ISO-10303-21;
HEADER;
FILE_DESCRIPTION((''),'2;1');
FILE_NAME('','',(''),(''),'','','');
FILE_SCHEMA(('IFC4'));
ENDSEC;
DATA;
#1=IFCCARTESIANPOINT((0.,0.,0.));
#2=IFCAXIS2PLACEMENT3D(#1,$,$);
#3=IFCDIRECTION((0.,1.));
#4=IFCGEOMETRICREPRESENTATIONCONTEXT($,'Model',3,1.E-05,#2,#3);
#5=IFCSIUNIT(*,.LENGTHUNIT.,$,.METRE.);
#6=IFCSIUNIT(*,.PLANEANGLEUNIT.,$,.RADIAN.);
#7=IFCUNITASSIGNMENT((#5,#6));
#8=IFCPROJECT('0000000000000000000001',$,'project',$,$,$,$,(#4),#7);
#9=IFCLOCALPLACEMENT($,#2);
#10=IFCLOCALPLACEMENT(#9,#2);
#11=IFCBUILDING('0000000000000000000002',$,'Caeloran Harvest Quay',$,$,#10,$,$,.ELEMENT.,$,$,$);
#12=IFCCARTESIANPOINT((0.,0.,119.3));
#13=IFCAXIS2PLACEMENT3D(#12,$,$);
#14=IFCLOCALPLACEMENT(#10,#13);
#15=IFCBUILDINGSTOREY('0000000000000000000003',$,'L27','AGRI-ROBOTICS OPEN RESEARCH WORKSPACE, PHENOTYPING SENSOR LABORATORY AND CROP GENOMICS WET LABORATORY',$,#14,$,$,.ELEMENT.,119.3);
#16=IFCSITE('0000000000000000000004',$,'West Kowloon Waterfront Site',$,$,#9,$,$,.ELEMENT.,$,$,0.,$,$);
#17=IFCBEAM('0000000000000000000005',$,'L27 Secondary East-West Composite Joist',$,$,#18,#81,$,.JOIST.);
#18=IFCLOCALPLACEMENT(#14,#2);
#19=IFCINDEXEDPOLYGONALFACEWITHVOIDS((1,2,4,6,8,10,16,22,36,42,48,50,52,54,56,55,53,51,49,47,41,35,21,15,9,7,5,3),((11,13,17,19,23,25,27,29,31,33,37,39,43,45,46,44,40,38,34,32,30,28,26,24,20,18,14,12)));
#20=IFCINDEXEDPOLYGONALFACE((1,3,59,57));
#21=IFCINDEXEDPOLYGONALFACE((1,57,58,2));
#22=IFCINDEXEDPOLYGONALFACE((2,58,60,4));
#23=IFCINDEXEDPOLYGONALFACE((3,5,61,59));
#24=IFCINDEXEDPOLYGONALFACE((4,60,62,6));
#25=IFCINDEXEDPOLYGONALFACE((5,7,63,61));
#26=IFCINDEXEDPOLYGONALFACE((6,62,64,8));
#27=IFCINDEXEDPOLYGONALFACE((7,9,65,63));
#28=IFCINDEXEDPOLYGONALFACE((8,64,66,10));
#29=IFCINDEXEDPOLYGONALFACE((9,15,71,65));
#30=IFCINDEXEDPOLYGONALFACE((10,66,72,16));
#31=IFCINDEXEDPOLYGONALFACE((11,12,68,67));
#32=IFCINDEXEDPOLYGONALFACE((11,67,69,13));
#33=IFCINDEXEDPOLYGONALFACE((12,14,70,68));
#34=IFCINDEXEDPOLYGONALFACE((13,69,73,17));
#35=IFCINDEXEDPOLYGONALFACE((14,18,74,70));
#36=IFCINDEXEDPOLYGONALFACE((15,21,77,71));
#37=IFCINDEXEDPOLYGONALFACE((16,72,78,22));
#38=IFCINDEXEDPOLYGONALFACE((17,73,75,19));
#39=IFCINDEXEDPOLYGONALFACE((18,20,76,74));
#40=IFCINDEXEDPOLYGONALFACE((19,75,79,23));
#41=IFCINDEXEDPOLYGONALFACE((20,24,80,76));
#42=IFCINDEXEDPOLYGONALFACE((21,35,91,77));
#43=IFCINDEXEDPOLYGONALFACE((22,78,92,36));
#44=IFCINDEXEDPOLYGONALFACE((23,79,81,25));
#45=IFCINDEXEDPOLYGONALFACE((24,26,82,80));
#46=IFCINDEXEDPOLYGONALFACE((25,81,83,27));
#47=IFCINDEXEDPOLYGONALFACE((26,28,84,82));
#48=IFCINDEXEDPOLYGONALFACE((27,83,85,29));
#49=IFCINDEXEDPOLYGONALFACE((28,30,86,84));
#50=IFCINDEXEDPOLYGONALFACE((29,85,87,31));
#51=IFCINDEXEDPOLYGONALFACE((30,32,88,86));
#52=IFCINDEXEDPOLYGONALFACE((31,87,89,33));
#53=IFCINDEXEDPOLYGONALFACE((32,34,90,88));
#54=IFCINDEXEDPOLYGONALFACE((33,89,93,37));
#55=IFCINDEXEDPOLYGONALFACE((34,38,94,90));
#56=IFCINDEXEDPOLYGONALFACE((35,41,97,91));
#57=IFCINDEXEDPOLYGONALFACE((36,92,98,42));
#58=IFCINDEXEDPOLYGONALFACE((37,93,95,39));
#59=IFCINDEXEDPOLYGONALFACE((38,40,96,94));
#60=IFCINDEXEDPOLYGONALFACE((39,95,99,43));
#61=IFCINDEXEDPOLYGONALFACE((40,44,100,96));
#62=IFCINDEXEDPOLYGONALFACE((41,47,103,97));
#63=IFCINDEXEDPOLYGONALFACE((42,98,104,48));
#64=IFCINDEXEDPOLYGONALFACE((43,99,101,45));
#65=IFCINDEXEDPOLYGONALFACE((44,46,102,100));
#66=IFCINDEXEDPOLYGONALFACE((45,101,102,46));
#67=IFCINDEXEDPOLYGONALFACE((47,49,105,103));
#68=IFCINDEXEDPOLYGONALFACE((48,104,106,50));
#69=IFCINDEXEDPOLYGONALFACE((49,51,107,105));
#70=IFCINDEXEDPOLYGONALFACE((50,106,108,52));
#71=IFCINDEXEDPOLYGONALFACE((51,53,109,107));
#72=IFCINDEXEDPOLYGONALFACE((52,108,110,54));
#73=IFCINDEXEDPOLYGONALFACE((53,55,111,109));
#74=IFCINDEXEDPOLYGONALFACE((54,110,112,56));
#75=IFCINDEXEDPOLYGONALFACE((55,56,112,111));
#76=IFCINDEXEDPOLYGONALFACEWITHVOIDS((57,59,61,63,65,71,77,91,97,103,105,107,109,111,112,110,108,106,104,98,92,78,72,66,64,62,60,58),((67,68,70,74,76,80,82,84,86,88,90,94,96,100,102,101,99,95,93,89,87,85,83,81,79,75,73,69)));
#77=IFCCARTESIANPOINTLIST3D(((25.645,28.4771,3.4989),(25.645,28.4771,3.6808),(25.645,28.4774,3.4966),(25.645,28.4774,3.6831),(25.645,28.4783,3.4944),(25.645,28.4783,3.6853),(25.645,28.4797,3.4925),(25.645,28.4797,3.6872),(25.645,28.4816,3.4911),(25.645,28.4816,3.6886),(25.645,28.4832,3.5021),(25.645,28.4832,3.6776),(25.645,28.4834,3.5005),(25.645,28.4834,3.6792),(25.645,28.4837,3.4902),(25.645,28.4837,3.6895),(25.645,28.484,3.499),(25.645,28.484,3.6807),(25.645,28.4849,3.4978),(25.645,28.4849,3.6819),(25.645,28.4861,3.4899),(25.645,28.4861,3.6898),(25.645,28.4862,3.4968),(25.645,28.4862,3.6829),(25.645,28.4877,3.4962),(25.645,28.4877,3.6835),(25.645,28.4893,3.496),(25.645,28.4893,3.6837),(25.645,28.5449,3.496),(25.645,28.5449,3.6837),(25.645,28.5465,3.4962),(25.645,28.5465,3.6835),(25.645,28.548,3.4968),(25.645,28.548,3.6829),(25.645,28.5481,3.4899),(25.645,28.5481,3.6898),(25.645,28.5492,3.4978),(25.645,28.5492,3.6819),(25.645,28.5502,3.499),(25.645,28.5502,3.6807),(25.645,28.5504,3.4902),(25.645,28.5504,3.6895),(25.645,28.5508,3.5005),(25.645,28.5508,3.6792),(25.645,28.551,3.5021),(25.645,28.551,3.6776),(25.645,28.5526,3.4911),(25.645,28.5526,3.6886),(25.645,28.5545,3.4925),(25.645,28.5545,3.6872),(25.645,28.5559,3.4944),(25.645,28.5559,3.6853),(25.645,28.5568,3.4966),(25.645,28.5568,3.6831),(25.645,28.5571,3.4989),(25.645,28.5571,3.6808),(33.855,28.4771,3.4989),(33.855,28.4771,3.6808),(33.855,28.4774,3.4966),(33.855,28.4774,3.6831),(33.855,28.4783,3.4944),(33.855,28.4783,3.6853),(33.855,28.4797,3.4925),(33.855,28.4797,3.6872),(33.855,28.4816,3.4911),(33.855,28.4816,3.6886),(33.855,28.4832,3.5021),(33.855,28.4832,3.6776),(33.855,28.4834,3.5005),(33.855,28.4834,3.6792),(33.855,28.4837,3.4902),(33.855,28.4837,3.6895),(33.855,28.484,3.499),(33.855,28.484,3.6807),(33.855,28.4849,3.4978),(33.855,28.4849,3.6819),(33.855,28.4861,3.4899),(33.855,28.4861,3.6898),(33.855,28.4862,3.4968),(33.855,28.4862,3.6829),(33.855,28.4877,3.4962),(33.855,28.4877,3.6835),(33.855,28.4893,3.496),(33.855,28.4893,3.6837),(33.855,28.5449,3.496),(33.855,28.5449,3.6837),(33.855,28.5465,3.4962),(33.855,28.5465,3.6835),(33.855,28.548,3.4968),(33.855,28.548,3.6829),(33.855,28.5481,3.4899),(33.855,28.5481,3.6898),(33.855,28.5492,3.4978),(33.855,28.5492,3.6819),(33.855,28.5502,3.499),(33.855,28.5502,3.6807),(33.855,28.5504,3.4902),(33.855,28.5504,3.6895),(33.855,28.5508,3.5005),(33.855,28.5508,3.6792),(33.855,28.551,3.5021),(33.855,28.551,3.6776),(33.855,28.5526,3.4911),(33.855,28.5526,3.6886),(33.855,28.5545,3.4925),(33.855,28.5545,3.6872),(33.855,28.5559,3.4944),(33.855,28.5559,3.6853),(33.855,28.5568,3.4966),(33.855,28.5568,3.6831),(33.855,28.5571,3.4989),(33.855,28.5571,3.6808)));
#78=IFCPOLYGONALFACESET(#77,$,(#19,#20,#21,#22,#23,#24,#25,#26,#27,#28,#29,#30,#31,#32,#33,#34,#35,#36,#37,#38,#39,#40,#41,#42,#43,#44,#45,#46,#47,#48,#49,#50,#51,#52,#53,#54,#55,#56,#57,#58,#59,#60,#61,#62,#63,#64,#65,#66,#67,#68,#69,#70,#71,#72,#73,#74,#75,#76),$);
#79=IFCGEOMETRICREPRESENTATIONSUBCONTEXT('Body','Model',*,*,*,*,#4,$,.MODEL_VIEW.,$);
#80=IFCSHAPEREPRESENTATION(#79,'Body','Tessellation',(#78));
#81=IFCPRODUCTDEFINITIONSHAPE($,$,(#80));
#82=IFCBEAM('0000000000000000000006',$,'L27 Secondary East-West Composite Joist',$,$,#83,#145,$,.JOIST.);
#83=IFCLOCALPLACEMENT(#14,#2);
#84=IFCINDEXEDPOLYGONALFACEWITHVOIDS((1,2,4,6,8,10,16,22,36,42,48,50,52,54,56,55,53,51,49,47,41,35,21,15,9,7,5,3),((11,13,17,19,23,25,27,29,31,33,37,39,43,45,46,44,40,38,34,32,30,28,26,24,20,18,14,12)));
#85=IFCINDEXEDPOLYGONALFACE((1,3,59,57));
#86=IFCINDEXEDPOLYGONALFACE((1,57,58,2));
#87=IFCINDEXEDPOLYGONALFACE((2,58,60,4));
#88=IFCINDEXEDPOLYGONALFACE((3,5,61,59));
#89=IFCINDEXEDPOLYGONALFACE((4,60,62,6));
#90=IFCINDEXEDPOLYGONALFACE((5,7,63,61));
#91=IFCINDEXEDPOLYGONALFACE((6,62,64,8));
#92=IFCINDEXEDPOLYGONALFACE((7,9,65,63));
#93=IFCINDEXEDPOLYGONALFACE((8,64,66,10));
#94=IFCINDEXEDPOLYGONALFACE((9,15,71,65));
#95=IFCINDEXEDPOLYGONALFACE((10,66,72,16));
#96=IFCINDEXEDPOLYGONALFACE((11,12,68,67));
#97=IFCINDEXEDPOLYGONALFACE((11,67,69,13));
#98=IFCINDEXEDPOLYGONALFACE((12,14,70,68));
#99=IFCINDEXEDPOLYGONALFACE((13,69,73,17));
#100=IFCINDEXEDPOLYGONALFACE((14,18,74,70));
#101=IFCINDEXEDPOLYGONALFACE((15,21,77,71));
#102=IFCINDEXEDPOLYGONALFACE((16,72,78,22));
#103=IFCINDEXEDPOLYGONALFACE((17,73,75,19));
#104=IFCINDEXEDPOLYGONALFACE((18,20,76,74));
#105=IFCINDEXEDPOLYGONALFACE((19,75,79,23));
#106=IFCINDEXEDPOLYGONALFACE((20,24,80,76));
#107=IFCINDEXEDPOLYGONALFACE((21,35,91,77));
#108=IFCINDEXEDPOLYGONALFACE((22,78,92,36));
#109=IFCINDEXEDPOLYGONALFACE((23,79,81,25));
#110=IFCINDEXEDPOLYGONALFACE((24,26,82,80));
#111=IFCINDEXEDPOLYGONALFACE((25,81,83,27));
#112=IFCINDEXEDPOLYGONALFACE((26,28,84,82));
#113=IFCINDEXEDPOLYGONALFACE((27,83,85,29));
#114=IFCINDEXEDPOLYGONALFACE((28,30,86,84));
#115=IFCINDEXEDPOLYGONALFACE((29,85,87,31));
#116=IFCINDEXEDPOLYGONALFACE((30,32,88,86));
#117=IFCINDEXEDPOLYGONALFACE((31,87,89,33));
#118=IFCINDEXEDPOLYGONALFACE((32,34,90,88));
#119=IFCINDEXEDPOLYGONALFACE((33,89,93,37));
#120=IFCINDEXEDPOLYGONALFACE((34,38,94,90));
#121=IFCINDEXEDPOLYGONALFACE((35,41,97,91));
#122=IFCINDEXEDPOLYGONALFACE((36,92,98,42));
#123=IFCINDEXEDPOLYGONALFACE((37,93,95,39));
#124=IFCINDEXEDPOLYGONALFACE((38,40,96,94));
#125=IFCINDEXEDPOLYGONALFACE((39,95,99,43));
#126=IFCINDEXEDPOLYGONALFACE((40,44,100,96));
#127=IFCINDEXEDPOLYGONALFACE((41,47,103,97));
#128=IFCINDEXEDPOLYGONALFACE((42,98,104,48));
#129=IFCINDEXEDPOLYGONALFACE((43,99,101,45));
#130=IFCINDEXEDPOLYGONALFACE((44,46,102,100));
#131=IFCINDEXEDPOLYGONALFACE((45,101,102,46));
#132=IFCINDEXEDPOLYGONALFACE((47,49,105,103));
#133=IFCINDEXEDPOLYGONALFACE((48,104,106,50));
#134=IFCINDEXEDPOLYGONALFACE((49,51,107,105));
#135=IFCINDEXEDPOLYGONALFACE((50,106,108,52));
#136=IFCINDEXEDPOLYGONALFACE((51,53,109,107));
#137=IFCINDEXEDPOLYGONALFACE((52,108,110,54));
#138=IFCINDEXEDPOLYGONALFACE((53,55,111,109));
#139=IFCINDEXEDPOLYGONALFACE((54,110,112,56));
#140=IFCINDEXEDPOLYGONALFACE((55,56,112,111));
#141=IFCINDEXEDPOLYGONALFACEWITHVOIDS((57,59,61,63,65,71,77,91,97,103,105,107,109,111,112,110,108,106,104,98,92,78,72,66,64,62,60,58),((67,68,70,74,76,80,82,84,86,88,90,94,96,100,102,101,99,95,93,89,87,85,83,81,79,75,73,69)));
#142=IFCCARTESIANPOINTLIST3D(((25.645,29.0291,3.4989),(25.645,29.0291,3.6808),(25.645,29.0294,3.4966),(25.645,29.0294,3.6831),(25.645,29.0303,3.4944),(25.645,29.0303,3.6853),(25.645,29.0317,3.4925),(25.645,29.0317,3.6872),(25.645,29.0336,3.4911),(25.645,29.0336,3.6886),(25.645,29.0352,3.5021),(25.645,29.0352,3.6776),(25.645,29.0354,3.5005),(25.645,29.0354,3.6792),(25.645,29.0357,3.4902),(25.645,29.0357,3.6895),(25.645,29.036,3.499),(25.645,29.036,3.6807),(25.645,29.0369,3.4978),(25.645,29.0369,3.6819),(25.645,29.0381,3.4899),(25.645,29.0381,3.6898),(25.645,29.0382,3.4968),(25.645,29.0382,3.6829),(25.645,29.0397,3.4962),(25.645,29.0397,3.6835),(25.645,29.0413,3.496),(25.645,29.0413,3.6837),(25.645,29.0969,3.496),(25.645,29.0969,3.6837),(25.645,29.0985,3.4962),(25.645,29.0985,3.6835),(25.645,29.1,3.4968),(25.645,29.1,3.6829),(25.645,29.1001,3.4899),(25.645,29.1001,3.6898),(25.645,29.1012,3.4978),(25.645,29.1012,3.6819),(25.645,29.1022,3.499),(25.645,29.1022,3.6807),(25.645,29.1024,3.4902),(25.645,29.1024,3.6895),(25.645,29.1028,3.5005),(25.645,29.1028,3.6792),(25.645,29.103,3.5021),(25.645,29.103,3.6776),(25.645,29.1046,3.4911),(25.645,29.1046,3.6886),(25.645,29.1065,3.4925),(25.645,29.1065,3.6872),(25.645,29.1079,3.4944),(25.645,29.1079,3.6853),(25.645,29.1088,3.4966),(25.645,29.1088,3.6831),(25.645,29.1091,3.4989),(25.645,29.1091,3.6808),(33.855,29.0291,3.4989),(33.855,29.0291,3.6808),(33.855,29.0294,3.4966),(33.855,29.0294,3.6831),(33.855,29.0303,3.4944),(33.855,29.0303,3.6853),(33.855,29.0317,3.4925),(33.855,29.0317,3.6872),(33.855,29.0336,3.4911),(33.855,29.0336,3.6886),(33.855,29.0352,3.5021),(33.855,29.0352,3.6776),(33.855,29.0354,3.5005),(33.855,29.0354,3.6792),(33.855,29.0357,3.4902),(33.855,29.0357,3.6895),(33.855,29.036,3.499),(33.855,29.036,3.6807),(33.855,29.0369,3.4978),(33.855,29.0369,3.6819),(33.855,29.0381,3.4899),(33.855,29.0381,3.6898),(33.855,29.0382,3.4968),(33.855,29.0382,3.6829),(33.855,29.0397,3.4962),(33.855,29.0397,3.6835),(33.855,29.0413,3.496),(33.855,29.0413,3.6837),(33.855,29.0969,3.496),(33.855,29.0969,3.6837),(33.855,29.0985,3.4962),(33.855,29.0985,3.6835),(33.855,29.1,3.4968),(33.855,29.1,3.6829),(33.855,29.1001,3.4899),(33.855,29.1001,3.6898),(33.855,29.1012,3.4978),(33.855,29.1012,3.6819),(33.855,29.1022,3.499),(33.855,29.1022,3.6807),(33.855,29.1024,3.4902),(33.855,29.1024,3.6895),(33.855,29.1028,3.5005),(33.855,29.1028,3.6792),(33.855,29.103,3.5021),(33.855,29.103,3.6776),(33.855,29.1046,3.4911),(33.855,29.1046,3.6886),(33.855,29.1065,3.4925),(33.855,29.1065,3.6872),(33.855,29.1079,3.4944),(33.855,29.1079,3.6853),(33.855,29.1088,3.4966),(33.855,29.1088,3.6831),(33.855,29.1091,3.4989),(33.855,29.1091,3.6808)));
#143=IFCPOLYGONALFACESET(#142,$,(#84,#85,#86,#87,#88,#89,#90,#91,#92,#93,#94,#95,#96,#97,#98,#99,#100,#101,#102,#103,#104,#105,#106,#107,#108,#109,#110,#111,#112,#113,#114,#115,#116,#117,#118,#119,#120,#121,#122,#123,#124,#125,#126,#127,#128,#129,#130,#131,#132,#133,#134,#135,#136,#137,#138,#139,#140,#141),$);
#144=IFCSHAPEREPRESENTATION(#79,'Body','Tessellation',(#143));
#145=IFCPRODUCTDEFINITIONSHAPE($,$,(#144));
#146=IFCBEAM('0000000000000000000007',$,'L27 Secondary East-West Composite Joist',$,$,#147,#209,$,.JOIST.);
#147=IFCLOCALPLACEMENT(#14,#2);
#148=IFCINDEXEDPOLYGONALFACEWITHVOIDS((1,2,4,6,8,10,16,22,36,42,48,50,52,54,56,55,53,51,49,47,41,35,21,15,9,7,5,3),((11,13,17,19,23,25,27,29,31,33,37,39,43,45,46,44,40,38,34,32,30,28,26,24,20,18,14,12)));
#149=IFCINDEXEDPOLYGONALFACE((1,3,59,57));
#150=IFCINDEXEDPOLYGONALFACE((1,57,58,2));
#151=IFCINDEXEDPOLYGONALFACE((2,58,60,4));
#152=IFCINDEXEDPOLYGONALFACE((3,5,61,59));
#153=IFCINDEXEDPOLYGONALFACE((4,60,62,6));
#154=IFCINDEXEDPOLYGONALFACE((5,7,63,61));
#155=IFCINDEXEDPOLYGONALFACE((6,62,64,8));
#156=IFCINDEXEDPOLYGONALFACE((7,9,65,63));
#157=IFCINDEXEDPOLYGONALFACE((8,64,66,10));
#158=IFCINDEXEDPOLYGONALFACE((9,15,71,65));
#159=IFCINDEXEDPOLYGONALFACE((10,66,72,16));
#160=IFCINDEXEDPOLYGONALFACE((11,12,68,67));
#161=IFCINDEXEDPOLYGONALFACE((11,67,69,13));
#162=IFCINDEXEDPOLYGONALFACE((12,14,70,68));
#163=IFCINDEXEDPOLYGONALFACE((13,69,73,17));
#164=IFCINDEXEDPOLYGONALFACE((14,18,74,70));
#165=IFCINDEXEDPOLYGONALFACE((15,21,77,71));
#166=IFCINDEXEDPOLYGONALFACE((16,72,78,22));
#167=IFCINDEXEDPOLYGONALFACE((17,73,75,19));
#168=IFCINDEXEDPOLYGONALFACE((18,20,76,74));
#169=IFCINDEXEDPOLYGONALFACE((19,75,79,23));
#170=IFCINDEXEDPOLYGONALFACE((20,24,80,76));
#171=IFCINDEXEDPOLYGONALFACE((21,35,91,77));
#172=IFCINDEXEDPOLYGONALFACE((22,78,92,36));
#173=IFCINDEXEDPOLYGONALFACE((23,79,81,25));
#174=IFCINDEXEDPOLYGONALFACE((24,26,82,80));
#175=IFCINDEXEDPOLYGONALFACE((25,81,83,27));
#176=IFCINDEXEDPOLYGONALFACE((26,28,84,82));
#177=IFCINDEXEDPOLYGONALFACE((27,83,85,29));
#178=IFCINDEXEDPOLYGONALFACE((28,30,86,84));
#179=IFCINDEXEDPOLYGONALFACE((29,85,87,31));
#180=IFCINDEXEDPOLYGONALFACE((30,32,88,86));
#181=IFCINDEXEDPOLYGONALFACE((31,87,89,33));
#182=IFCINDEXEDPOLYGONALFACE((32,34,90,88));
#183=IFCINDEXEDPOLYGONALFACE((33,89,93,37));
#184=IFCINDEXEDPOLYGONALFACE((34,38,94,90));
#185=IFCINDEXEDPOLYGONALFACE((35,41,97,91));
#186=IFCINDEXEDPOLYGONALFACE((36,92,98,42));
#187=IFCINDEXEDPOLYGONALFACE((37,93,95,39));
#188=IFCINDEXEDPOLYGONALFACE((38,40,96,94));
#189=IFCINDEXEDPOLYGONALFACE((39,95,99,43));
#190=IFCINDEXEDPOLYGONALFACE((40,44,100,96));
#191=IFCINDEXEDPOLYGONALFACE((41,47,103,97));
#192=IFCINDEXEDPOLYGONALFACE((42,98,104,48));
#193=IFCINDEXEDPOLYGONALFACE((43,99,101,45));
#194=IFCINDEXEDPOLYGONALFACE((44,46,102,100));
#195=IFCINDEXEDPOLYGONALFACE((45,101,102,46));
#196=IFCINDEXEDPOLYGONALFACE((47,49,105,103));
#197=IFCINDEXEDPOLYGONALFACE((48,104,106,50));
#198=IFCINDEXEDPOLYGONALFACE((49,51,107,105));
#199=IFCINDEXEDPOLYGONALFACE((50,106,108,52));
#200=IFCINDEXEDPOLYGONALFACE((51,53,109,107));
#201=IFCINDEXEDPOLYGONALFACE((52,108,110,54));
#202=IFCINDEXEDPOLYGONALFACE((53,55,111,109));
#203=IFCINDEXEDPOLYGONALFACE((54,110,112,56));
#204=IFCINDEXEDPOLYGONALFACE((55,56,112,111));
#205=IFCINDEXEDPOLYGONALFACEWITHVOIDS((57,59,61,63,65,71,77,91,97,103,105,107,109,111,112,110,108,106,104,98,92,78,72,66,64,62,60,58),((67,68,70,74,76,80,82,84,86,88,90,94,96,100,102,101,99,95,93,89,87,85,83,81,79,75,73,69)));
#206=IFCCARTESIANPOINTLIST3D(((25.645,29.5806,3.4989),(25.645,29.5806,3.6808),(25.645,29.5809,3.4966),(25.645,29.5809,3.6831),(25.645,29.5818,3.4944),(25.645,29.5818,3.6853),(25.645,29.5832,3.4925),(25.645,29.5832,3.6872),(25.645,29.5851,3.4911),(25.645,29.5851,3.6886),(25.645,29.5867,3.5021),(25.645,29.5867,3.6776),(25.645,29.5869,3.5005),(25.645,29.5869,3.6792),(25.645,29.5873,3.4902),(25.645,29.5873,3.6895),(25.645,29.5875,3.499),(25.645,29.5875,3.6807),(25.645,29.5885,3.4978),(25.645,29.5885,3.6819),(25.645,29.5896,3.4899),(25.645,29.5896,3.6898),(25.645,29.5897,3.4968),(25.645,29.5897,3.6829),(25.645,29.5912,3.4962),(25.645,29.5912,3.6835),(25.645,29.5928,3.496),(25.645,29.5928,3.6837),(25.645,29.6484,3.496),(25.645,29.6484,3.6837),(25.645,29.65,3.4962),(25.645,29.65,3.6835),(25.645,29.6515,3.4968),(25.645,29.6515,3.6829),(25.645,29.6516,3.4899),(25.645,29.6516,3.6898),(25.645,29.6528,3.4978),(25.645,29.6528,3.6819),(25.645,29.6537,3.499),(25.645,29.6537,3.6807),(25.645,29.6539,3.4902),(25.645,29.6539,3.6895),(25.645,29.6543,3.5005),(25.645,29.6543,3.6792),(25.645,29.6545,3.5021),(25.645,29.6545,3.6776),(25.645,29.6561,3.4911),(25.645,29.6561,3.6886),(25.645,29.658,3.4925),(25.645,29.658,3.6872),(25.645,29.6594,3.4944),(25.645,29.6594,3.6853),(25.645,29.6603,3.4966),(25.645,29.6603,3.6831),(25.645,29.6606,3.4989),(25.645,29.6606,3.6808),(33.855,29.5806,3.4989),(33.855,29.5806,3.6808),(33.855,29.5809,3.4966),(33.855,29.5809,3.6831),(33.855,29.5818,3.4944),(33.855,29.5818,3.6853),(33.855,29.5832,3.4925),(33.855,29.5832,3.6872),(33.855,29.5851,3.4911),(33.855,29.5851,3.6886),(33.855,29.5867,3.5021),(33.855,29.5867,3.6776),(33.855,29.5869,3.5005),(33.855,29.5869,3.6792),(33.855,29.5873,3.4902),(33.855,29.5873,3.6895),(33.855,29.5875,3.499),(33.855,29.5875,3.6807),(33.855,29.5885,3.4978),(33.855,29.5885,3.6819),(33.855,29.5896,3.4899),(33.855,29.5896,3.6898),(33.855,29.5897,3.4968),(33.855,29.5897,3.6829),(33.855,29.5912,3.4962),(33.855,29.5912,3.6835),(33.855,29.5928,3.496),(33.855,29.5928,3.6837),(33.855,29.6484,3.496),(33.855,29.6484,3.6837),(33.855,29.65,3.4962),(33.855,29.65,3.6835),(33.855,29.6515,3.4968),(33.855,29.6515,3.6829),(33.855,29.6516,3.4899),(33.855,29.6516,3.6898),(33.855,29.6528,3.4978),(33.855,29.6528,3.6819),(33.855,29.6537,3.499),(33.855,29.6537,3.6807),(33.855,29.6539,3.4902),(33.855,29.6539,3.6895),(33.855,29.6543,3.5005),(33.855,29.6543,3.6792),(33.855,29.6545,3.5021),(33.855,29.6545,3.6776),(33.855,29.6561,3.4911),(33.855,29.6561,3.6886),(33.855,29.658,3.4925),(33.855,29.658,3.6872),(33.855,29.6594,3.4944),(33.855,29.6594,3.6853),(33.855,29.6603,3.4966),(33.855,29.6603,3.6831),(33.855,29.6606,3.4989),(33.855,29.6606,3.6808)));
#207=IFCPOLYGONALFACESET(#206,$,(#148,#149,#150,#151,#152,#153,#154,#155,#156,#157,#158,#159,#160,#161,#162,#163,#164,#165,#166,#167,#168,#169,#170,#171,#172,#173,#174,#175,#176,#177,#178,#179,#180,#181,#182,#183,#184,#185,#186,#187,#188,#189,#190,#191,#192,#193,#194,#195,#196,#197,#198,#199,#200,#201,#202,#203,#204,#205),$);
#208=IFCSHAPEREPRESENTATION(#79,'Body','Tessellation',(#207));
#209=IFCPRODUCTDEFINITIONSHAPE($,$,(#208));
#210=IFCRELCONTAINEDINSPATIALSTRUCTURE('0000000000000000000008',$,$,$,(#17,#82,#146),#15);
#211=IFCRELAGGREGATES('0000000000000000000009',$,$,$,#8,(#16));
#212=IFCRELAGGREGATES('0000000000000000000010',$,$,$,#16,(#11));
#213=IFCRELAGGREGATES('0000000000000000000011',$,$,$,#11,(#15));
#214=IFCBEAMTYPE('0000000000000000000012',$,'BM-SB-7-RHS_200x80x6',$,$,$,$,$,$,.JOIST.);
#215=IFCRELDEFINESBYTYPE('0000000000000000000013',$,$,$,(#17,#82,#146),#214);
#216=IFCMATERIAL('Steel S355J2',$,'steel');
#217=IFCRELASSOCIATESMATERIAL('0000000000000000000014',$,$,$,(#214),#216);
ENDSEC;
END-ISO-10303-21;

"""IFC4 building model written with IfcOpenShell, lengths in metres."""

from ifc_helpers import new_model, si_unit, direction, frame, origin, origin_2d, place, context, subcontext, project, spatial, hollow_rectangle, extrude, material, material_profile, profile_set, type_object, element, save


model = new_model("IFC4")

# Units and contexts
model_context = context("Model", 3, precision=1e-05, world=origin(), true_north=direction((0.0, 1.0)))
body_context = subcontext(model_context, "Body", "Model", "MODEL_VIEW")
ifc_project = project(units=[si_unit("LENGTHUNIT", "METRE"), si_unit("PLANEANGLEUNIT", "RADIAN")], contexts=[model_context])

# Site, building, storey
site_placement = place(None, origin())
site = spatial("IfcSite", under=ifc_project, at=site_placement, Name="West Kowloon Waterfront Site", CompositionType="ELEMENT", RefElevation=0.0)
building_placement = place(site_placement, origin())
building = spatial("IfcBuilding", under=site, at=building_placement, Name="Caeloran Harvest Quay", CompositionType="ELEMENT")
storey_placement = place(building_placement, frame((0.0, 0.0, 119.3)))
storey = spatial("IfcBuildingStorey", under=building, at=storey_placement, Name="L27", Description="AGRI-ROBOTICS OPEN RESEARCH WORKSPACE, PHENOTYPING SENSOR LABORATORY AND CROP GENOMICS WET LABORATORY", CompositionType="ELEMENT", Elevation=119.3)

# Beams
ifc_material_1 = material(Name="Steel S355J2", Category="steel")
ifc_material_profile_1 = material_profile(ifc_material_1, hollow_rectangle(XDim=0.0801, YDim=0.2, WallThickness=0.0061, InnerFilletRadius=0.0061, OuterFilletRadius=0.009, at=origin_2d()), Name="RHS 200x80x6")
ifc_profile_set_1 = profile_set([ifc_material_profile_1], Name="Steel S355J2")
beam_type_1 = type_object("IfcBeamType", Name="BM-SB-7-RHS_200x80x6", PredefinedType="JOIST", material=ifc_profile_set_1)
for number, where, z_axis, x_axis, name in (
    (1, (25.645, 28.5171, 3.5898), (1.0, 0.0, 0.0), (0.0, 1.0, 0.0), "L27 Secondary East-West Composite Joist"),
    (2, (25.645, 29.0691, 3.5898), (1.0, 0.0, 0.0), (0.0, 1.0, 0.0), "L27 Secondary East-West Composite Joist"),
    (3, (25.645, 29.6206, 3.5898), (1.0, 0.0, 0.0), (0.0, 1.0, 0.0), "L27 Secondary East-West Composite Joist"),
):
    element("IfcBeam", number, at=place(storey_placement, frame(where, z_axis=z_axis, x_axis=x_axis)), inside=storey, type_object=beam_type_1, Name=name, PredefinedType="JOIST", context=body_context, shape_type="SweptSolid", body=[
        extrude(hollow_rectangle(XDim=0.0801, YDim=0.2, WallThickness=0.0061, InnerFilletRadius=0.0061, OuterFilletRadius=0.009, at=origin_2d()), origin(), (0.0, 0.0, 1.0), 8.21),
    ])

save(model, "model.ifc")
